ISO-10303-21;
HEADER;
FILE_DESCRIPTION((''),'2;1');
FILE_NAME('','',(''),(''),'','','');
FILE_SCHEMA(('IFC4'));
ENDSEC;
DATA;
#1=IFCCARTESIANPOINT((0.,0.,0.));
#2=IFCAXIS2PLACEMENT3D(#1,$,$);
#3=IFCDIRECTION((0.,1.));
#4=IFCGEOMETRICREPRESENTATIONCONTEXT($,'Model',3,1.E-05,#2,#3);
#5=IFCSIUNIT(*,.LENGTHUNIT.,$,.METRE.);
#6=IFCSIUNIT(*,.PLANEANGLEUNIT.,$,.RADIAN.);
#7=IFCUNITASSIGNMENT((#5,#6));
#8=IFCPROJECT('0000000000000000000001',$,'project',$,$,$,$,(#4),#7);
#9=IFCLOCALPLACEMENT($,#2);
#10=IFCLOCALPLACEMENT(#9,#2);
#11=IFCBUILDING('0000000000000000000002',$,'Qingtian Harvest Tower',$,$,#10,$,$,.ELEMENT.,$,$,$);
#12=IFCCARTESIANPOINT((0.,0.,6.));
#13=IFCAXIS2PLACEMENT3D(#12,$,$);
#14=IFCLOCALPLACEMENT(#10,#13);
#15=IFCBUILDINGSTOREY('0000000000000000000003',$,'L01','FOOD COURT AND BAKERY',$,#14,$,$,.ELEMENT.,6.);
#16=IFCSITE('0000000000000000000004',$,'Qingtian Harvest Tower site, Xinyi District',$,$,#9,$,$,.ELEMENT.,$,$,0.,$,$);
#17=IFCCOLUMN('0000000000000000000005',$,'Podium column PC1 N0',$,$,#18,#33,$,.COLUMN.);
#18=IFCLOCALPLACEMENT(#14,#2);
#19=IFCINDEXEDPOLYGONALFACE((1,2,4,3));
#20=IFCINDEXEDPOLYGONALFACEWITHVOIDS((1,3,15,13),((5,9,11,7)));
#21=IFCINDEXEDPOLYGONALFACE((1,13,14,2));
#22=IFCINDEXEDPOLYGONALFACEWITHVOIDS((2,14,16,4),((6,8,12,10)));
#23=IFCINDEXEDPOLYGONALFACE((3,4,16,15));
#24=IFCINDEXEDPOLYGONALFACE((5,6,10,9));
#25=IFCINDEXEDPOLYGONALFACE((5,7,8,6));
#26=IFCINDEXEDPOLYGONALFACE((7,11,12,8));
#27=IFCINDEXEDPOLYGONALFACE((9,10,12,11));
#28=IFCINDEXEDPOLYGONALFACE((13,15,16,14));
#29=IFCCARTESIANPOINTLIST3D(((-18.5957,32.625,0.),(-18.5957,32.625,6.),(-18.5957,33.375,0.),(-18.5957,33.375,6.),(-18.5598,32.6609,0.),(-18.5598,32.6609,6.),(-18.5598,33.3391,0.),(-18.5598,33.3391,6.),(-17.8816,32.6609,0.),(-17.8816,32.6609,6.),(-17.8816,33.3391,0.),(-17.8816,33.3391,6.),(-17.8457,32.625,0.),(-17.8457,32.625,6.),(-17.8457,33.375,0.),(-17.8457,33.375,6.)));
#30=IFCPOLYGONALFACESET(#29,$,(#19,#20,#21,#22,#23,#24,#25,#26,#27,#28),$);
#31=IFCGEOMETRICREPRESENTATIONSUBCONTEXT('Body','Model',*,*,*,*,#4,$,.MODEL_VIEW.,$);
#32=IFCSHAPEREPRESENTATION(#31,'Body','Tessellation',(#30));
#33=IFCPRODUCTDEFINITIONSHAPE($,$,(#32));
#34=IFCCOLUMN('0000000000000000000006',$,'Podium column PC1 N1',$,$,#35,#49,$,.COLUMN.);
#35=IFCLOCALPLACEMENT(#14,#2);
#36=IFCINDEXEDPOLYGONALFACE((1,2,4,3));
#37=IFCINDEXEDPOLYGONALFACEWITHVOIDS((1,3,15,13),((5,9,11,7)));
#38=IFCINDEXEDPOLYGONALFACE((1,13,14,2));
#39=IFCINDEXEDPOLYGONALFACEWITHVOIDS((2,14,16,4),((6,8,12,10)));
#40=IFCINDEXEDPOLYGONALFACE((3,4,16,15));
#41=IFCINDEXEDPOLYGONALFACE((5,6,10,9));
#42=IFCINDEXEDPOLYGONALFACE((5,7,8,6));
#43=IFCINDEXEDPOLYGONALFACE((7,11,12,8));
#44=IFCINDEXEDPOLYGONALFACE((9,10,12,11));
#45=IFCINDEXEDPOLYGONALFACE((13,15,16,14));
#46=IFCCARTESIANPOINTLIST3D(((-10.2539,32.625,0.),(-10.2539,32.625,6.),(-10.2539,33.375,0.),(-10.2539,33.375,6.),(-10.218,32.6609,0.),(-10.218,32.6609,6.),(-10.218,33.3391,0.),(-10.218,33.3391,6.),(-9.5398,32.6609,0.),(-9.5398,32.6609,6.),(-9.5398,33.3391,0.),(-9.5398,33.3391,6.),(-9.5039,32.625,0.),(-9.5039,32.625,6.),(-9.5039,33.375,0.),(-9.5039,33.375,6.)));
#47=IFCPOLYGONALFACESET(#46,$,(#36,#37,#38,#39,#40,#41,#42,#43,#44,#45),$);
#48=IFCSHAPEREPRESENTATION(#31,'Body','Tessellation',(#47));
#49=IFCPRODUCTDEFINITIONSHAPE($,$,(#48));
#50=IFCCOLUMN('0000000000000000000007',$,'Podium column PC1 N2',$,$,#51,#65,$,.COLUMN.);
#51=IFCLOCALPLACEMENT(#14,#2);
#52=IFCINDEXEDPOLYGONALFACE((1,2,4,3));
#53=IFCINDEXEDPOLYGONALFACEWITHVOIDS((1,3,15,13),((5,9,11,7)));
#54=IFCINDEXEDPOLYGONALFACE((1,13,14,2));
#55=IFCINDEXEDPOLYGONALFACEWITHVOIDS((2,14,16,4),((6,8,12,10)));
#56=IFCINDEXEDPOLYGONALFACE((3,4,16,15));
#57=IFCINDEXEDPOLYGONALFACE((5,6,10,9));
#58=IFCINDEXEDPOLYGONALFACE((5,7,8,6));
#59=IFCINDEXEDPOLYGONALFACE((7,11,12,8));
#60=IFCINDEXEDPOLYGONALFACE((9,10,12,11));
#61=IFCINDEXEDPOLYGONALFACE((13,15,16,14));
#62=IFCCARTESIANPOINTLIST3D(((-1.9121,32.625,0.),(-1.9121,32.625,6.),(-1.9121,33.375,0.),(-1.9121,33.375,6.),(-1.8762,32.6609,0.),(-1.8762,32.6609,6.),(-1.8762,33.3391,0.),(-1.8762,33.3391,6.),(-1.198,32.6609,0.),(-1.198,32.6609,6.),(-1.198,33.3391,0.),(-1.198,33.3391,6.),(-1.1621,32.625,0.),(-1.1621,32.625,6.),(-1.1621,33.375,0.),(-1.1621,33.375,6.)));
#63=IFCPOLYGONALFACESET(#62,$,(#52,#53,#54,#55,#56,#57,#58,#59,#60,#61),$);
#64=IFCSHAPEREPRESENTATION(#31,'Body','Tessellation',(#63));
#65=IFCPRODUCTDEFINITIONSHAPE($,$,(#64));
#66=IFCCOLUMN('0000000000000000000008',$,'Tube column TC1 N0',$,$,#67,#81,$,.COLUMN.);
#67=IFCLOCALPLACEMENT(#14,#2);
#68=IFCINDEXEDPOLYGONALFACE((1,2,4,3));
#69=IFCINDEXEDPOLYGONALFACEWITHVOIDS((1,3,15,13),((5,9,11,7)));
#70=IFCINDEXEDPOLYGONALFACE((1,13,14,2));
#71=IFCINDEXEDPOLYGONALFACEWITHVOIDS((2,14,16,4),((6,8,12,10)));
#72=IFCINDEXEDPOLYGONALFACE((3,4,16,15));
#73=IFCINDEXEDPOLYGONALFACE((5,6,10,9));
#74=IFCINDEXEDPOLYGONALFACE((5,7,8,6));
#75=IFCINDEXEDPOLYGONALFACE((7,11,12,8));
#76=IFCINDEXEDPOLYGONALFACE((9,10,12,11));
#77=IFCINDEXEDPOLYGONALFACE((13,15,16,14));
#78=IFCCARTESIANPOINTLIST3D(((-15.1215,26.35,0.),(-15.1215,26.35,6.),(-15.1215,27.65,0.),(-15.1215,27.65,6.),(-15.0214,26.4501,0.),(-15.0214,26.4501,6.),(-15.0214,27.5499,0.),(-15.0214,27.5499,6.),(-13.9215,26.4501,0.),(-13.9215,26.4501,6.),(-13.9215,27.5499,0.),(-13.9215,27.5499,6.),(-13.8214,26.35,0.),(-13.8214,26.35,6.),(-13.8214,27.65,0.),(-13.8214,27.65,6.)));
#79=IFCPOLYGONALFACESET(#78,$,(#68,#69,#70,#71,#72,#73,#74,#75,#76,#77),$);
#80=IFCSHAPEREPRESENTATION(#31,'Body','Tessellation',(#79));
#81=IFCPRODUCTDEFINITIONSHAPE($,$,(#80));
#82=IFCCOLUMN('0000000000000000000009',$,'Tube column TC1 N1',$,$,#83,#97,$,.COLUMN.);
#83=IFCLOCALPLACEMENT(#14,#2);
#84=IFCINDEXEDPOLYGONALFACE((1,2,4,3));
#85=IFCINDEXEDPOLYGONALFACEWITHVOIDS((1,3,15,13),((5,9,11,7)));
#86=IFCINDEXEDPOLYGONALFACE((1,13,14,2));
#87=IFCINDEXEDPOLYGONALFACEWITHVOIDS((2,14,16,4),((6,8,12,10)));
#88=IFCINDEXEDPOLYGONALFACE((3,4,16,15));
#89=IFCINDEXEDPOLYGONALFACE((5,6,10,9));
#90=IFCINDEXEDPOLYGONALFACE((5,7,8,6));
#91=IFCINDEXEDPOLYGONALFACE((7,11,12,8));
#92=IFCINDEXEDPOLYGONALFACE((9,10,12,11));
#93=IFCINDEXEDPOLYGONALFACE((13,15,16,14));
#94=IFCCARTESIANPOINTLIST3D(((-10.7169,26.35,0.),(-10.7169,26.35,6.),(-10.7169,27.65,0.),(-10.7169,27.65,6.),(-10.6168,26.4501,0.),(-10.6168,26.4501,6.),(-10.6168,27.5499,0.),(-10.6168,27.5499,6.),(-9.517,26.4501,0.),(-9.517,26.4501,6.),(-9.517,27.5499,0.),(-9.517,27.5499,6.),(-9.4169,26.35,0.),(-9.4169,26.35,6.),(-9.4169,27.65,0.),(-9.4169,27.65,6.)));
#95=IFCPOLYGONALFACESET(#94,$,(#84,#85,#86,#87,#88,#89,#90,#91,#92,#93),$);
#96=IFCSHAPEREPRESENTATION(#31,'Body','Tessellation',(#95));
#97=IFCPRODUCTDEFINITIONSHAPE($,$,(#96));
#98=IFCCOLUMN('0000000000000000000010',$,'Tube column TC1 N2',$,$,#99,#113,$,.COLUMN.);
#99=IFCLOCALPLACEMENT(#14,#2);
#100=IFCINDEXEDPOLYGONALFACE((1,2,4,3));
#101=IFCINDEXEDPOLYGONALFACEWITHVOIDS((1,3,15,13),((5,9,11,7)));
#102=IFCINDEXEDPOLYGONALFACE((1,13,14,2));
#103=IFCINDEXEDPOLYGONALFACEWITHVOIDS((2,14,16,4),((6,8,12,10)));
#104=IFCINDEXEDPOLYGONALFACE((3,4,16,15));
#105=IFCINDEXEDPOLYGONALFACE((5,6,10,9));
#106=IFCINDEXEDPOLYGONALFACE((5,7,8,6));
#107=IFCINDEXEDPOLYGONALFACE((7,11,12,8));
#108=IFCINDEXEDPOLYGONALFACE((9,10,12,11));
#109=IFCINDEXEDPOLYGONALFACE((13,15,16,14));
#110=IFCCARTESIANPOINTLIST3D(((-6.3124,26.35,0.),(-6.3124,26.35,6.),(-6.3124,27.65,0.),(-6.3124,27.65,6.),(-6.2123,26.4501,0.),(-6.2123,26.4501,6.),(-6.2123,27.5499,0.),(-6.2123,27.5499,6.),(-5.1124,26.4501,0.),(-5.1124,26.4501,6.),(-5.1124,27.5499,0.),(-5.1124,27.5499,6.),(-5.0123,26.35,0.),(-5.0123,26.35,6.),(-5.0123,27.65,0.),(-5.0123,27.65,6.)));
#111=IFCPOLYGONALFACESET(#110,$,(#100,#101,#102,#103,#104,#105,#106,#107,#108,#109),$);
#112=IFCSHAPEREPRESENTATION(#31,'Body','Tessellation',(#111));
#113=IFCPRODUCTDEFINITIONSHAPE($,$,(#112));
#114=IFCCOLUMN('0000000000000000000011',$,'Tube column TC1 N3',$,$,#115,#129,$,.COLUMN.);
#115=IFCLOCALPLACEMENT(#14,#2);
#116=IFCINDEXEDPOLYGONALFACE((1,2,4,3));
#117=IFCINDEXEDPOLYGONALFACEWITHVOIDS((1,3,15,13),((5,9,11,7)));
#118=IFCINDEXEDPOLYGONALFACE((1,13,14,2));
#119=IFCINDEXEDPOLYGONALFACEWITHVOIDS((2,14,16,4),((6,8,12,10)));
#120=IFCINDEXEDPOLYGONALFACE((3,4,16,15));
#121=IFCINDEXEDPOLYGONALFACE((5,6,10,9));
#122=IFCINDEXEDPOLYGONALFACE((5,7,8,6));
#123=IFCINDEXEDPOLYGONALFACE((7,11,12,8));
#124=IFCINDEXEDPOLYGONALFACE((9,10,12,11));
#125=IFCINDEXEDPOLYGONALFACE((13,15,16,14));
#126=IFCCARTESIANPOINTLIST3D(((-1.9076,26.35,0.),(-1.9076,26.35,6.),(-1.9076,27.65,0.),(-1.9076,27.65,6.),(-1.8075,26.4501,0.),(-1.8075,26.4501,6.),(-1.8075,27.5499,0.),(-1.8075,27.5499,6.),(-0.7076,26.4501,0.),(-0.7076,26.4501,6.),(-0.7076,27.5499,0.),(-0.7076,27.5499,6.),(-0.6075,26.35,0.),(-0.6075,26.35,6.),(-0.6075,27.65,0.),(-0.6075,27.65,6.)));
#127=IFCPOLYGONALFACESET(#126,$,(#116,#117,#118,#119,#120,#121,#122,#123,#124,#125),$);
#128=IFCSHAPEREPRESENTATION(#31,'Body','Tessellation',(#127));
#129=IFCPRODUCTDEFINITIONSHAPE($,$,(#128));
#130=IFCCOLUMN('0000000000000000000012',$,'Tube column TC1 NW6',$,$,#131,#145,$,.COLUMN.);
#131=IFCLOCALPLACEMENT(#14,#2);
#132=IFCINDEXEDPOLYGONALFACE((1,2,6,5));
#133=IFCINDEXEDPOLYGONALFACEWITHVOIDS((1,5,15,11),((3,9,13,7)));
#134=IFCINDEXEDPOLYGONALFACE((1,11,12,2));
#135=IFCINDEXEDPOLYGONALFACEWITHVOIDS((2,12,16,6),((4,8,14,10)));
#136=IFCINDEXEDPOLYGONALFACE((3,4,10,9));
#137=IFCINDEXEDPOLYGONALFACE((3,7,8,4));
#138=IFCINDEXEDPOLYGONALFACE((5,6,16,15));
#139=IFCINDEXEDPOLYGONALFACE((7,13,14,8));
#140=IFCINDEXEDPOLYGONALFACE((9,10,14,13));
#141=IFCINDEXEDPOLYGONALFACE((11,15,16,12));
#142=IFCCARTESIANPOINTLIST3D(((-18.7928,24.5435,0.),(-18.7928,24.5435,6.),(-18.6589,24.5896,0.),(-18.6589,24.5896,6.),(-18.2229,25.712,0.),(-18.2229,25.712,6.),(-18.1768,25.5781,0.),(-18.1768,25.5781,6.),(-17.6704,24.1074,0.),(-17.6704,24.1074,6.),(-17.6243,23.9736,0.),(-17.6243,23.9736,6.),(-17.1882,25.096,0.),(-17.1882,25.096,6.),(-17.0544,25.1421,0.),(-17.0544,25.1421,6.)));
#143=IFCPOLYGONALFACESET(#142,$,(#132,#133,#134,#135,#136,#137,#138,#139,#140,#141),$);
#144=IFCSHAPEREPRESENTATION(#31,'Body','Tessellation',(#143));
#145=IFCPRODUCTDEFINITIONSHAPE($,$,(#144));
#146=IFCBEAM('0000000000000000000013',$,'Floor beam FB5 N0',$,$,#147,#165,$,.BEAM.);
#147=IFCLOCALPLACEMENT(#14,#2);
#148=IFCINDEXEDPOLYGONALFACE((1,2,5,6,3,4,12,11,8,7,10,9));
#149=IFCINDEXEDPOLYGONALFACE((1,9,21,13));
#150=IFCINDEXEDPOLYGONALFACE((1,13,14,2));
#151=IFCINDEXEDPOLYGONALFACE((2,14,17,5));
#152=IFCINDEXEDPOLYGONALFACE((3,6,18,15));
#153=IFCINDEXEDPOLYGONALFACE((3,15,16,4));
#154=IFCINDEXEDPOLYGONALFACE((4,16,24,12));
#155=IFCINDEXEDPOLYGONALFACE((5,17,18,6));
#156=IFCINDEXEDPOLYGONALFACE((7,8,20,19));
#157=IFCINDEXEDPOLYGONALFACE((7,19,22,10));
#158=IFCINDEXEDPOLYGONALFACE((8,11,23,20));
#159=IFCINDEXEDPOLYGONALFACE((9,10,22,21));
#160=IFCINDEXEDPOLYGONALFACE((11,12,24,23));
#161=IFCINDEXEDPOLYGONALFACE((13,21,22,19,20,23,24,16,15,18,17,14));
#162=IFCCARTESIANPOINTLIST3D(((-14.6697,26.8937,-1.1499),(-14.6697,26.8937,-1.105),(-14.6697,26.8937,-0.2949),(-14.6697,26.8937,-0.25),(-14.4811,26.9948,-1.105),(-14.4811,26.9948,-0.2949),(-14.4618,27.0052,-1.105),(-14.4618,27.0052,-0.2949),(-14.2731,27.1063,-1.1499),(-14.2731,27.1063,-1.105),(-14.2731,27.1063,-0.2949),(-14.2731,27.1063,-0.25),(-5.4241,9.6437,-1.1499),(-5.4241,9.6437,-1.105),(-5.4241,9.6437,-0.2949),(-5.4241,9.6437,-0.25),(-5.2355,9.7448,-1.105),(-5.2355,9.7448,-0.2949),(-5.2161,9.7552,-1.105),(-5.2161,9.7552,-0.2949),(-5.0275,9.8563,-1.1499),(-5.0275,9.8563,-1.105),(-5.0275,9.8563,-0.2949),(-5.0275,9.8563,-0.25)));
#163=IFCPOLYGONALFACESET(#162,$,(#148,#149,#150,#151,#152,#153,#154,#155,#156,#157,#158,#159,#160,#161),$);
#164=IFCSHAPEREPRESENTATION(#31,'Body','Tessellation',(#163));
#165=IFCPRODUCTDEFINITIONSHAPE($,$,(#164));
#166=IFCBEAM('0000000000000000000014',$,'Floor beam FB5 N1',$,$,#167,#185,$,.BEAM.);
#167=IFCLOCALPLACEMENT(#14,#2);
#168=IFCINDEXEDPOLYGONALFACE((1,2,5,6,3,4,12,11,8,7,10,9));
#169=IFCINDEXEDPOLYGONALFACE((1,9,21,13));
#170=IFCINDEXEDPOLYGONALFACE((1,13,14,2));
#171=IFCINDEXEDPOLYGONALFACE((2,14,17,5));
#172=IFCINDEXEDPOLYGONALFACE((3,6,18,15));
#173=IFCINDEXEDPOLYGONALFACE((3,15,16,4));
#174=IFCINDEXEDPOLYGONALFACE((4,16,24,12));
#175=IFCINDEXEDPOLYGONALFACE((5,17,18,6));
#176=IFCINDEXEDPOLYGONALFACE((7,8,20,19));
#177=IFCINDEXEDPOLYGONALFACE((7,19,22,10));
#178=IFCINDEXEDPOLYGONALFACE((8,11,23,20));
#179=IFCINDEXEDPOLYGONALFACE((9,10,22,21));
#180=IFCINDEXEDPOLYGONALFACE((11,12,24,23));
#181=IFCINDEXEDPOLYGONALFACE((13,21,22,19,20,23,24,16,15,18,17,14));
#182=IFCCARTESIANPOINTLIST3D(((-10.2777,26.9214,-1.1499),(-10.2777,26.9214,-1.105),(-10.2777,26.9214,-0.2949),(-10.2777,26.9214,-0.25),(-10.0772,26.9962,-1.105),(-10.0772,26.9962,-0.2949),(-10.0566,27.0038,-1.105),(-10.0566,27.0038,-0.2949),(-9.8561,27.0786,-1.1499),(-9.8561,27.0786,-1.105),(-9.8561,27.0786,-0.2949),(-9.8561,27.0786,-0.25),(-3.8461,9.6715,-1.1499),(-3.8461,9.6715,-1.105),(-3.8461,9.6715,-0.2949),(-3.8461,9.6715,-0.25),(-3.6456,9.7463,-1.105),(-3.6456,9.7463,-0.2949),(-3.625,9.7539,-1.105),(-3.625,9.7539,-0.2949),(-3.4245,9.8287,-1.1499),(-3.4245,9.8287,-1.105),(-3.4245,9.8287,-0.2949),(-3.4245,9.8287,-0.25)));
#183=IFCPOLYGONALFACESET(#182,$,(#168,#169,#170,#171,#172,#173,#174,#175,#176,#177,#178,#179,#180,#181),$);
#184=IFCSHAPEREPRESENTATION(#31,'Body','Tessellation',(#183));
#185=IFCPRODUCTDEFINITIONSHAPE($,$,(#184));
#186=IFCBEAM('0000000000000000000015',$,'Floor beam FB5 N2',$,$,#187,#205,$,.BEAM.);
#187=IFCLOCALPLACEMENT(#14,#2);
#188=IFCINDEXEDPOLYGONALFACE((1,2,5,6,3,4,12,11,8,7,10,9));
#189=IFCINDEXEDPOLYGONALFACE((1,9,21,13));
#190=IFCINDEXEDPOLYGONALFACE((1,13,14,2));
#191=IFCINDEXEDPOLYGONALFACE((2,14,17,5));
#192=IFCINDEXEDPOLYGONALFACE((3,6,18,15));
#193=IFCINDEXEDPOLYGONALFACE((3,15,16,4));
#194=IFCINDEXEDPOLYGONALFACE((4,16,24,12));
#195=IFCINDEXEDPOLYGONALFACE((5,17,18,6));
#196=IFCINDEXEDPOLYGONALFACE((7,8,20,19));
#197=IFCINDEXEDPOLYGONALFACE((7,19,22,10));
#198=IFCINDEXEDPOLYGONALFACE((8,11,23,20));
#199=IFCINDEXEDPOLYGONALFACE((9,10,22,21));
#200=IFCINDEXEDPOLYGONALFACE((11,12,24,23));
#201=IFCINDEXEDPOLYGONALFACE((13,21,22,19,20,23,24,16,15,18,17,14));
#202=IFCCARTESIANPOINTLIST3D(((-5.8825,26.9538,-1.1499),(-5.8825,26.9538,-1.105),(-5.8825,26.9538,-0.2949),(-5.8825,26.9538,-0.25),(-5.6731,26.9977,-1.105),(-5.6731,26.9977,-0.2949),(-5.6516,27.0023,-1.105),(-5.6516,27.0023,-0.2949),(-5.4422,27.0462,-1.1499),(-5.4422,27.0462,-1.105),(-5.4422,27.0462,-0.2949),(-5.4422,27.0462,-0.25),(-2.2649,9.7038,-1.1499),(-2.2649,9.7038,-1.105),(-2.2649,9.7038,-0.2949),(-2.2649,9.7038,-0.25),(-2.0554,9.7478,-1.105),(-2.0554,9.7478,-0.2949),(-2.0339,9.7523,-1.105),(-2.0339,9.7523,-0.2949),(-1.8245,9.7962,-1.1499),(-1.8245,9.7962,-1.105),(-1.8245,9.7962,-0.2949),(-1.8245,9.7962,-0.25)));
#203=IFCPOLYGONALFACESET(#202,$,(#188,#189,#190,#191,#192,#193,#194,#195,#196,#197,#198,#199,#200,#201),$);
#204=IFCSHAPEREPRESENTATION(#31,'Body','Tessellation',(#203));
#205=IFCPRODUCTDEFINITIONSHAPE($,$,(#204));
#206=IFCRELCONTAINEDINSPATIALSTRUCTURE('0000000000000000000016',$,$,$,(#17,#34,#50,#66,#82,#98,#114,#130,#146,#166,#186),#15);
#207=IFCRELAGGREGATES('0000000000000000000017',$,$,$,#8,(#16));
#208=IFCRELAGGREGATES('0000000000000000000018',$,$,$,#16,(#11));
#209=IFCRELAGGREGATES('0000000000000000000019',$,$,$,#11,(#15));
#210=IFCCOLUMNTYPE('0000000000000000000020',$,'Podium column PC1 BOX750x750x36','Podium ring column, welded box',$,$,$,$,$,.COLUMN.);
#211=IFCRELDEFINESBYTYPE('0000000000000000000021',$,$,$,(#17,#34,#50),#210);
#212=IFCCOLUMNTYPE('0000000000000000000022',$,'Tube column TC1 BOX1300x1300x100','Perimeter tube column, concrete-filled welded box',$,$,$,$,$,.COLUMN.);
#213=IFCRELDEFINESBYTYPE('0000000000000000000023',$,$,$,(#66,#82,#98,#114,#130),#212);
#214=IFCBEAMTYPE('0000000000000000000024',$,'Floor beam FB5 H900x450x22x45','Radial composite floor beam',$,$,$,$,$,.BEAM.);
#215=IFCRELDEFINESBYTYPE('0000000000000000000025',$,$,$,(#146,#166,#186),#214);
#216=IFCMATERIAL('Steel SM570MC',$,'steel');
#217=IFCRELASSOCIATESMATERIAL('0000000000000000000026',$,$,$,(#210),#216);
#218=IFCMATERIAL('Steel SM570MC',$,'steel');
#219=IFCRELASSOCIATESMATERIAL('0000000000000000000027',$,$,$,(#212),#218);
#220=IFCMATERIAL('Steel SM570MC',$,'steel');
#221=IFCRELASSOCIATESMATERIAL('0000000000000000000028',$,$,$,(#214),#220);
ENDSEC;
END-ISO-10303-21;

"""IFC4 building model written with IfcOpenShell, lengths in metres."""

from ifc_helpers import new_model, si_unit, direction, frame, origin, origin_2d, place, context, subcontext, project, spatial, hollow_rectangle, i_section, extrude, material, material_profile, profile_set, type_object, element, save


model = new_model("IFC4")

# Units and contexts
model_context = context("Model", 3, precision=1e-05, world=origin(), true_north=direction((0.0, 1.0)))
body_context = subcontext(model_context, "Body", "Model", "MODEL_VIEW")
ifc_project = project(units=[si_unit("LENGTHUNIT", "METRE"), si_unit("PLANEANGLEUNIT", "RADIAN")], contexts=[model_context])

# Site, building, storey
site_placement = place(None, origin())
site = spatial("IfcSite", under=ifc_project, at=site_placement, Name="Qingtian Harvest Tower site, Xinyi District", CompositionType="ELEMENT", RefElevation=0.0)
building_placement = place(site_placement, origin())
building = spatial("IfcBuilding", under=site, at=building_placement, Name="Qingtian Harvest Tower", CompositionType="ELEMENT")
storey_placement = place(building_placement, frame((0.0, 0.0, 6.0)))
storey = spatial("IfcBuildingStorey", under=building, at=storey_placement, Name="L01", Description="FOOD COURT AND BAKERY", CompositionType="ELEMENT", Elevation=6.0)

# Columns
ifc_material_1 = material(Name="Steel SM570MC", Category="steel")
ifc_material_profile_1 = material_profile(ifc_material_1, hollow_rectangle(XDim=0.75, YDim=0.75, WallThickness=0.0359, at=origin_2d()), Name="BOX750x750x36")
ifc_profile_set_1 = profile_set([ifc_material_profile_1], Name="Steel SM570MC")
column_type_1 = type_object("IfcColumnType", Name="Podium column PC1 BOX750x750x36", Description="Podium ring column, welded box", PredefinedType="COLUMN", material=ifc_profile_set_1)
for number, where, z_axis, x_axis, name in (
    (1, (-18.2207, 33.0, 0.0), (0.0, 0.0, 1.0), (-1.0, 0.0, 0.0), "Podium column PC1 N0"),
    (2, (-9.8789, 33.0, 0.0), (0.0, 0.0, 1.0), (-1.0, 0.0, 0.0), "Podium column PC1 N1"),
    (3, (-1.5371, 33.0, 0.0), (0.0, 0.0, 1.0), (-1.0, 0.0, 0.0), "Podium column PC1 N2"),
):
    element("IfcColumn", number, at=place(storey_placement, frame(where, z_axis=z_axis, x_axis=x_axis)), inside=storey, type_object=column_type_1, Name=name, PredefinedType="COLUMN", context=body_context, shape_type="SweptSolid", body=[
        extrude(hollow_rectangle(XDim=0.75, YDim=0.75, WallThickness=0.0359, at=origin_2d()), origin(), (0.0, 0.0, 1.0), 6.0),
    ])
ifc_material_2 = material(Name="Steel SM570MC", Category="steel")
ifc_material_profile_2 = material_profile(ifc_material_2, hollow_rectangle(XDim=1.3, YDim=1.3, WallThickness=0.1001, at=origin_2d()), Name="BOX1300x1300x100")
ifc_profile_set_2 = profile_set([ifc_material_profile_2], Name="Steel SM570MC")
column_type_2 = type_object("IfcColumnType", Name="Tube column TC1 BOX1300x1300x100", Description="Perimeter tube column, concrete-filled welded box", PredefinedType="COLUMN", material=ifc_profile_set_2)
for number, where, z_axis, x_axis, name in (
    (4, (-14.4714, 27.0, 0.0), (0.0, 0.0, 1.0), (-1.0, 0.0, 0.0), "Tube column TC1 N0"),
    (5, (-10.0669, 27.0, 0.0), (0.0, 0.0, 1.0), (-1.0, 0.0, 0.0), "Tube column TC1 N1"),
    (6, (-5.6624, 27.0, 0.0), (0.0, 0.0, 1.0), (-1.0, 0.0, 0.0), "Tube column TC1 N2"),
    (7, (-1.2576, 27.0, 0.0), (0.0, 0.0, 1.0), (-1.0, 0.0, 0.0), "Tube column TC1 N3"),
    (8, (-17.9236, 24.8428, 0.0), (0.0, 0.0, 1.0), (-0.438371, -0.898794, 0.0), "Tube column TC1 NW6"),
):
    element("IfcColumn", number, at=place(storey_placement, frame(where, z_axis=z_axis, x_axis=x_axis)), inside=storey, type_object=column_type_2, Name=name, PredefinedType="COLUMN", context=body_context, shape_type="SweptSolid", body=[
        extrude(hollow_rectangle(XDim=1.3, YDim=1.3, WallThickness=0.1001, at=origin_2d()), origin(), (0.0, 0.0, 1.0), 6.0),
    ])

# Beams
ifc_material_3 = material(Name="Steel SM570MC", Category="steel")
ifc_material_profile_3 = material_profile(ifc_material_3, i_section(OverallWidth=0.45, OverallDepth=0.8999, WebThickness=0.022, FlangeThickness=0.0449, at=origin_2d()), Name="H900x450x22x45")
ifc_profile_set_3 = profile_set([ifc_material_profile_3], Name="Steel SM570MC")
beam_type_1 = type_object("IfcBeamType", Name="Floor beam FB5 H900x450x22x45", Description="Radial composite floor beam", PredefinedType="BEAM", material=ifc_profile_set_3)
beam_1_placement = place(storey_placement, frame((-14.4714, 27.0, -0.7), z_axis=(0.472401, -0.881384, 0.0), x_axis=(0.881384, 0.472401, 0.0)))
element("IfcBeam", 9, at=beam_1_placement, inside=storey, type_object=beam_type_1, Name="Floor beam FB5 N0", PredefinedType="BEAM", context=body_context, shape_type="SweptSolid", body=[
    extrude(i_section(OverallWidth=0.45, OverallDepth=0.8999, WebThickness=0.022, FlangeThickness=0.0449, at=origin_2d()), origin(), (0.0, 0.0, 1.0), 19.5715),
])
beam_2_placement = place(storey_placement, frame((-10.0669, 27.0, -0.7), z_axis=(0.349356, -0.93699, 0.0), x_axis=(0.93699, 0.349356, 0.0)))
element("IfcBeam", 10, at=beam_2_placement, inside=storey, type_object=beam_type_1, Name="Floor beam FB5 N1", PredefinedType="BEAM", context=body_context, shape_type="SweptSolid", body=[
    extrude(i_section(OverallWidth=0.45, OverallDepth=0.8999, WebThickness=0.022, FlangeThickness=0.0449, at=origin_2d()), origin(), (0.0, 0.0, 1.0), 18.4099),
])
beam_3_placement = place(storey_placement, frame((-5.6624, 27.0, -0.7), z_axis=(0.205255, -0.978709, 0.0), x_axis=(0.978709, 0.205255, 0.0)))
element("IfcBeam", 11, at=beam_3_placement, inside=storey, type_object=beam_type_1, Name="Floor beam FB5 N2", PredefinedType="BEAM", context=body_context, shape_type="SweptSolid", body=[
    extrude(i_section(OverallWidth=0.45, OverallDepth=0.8999, WebThickness=0.022, FlangeThickness=0.0449, at=origin_2d()), origin(), (0.0, 0.0, 1.0), 17.6252),
])

save(model, "model.ifc")
